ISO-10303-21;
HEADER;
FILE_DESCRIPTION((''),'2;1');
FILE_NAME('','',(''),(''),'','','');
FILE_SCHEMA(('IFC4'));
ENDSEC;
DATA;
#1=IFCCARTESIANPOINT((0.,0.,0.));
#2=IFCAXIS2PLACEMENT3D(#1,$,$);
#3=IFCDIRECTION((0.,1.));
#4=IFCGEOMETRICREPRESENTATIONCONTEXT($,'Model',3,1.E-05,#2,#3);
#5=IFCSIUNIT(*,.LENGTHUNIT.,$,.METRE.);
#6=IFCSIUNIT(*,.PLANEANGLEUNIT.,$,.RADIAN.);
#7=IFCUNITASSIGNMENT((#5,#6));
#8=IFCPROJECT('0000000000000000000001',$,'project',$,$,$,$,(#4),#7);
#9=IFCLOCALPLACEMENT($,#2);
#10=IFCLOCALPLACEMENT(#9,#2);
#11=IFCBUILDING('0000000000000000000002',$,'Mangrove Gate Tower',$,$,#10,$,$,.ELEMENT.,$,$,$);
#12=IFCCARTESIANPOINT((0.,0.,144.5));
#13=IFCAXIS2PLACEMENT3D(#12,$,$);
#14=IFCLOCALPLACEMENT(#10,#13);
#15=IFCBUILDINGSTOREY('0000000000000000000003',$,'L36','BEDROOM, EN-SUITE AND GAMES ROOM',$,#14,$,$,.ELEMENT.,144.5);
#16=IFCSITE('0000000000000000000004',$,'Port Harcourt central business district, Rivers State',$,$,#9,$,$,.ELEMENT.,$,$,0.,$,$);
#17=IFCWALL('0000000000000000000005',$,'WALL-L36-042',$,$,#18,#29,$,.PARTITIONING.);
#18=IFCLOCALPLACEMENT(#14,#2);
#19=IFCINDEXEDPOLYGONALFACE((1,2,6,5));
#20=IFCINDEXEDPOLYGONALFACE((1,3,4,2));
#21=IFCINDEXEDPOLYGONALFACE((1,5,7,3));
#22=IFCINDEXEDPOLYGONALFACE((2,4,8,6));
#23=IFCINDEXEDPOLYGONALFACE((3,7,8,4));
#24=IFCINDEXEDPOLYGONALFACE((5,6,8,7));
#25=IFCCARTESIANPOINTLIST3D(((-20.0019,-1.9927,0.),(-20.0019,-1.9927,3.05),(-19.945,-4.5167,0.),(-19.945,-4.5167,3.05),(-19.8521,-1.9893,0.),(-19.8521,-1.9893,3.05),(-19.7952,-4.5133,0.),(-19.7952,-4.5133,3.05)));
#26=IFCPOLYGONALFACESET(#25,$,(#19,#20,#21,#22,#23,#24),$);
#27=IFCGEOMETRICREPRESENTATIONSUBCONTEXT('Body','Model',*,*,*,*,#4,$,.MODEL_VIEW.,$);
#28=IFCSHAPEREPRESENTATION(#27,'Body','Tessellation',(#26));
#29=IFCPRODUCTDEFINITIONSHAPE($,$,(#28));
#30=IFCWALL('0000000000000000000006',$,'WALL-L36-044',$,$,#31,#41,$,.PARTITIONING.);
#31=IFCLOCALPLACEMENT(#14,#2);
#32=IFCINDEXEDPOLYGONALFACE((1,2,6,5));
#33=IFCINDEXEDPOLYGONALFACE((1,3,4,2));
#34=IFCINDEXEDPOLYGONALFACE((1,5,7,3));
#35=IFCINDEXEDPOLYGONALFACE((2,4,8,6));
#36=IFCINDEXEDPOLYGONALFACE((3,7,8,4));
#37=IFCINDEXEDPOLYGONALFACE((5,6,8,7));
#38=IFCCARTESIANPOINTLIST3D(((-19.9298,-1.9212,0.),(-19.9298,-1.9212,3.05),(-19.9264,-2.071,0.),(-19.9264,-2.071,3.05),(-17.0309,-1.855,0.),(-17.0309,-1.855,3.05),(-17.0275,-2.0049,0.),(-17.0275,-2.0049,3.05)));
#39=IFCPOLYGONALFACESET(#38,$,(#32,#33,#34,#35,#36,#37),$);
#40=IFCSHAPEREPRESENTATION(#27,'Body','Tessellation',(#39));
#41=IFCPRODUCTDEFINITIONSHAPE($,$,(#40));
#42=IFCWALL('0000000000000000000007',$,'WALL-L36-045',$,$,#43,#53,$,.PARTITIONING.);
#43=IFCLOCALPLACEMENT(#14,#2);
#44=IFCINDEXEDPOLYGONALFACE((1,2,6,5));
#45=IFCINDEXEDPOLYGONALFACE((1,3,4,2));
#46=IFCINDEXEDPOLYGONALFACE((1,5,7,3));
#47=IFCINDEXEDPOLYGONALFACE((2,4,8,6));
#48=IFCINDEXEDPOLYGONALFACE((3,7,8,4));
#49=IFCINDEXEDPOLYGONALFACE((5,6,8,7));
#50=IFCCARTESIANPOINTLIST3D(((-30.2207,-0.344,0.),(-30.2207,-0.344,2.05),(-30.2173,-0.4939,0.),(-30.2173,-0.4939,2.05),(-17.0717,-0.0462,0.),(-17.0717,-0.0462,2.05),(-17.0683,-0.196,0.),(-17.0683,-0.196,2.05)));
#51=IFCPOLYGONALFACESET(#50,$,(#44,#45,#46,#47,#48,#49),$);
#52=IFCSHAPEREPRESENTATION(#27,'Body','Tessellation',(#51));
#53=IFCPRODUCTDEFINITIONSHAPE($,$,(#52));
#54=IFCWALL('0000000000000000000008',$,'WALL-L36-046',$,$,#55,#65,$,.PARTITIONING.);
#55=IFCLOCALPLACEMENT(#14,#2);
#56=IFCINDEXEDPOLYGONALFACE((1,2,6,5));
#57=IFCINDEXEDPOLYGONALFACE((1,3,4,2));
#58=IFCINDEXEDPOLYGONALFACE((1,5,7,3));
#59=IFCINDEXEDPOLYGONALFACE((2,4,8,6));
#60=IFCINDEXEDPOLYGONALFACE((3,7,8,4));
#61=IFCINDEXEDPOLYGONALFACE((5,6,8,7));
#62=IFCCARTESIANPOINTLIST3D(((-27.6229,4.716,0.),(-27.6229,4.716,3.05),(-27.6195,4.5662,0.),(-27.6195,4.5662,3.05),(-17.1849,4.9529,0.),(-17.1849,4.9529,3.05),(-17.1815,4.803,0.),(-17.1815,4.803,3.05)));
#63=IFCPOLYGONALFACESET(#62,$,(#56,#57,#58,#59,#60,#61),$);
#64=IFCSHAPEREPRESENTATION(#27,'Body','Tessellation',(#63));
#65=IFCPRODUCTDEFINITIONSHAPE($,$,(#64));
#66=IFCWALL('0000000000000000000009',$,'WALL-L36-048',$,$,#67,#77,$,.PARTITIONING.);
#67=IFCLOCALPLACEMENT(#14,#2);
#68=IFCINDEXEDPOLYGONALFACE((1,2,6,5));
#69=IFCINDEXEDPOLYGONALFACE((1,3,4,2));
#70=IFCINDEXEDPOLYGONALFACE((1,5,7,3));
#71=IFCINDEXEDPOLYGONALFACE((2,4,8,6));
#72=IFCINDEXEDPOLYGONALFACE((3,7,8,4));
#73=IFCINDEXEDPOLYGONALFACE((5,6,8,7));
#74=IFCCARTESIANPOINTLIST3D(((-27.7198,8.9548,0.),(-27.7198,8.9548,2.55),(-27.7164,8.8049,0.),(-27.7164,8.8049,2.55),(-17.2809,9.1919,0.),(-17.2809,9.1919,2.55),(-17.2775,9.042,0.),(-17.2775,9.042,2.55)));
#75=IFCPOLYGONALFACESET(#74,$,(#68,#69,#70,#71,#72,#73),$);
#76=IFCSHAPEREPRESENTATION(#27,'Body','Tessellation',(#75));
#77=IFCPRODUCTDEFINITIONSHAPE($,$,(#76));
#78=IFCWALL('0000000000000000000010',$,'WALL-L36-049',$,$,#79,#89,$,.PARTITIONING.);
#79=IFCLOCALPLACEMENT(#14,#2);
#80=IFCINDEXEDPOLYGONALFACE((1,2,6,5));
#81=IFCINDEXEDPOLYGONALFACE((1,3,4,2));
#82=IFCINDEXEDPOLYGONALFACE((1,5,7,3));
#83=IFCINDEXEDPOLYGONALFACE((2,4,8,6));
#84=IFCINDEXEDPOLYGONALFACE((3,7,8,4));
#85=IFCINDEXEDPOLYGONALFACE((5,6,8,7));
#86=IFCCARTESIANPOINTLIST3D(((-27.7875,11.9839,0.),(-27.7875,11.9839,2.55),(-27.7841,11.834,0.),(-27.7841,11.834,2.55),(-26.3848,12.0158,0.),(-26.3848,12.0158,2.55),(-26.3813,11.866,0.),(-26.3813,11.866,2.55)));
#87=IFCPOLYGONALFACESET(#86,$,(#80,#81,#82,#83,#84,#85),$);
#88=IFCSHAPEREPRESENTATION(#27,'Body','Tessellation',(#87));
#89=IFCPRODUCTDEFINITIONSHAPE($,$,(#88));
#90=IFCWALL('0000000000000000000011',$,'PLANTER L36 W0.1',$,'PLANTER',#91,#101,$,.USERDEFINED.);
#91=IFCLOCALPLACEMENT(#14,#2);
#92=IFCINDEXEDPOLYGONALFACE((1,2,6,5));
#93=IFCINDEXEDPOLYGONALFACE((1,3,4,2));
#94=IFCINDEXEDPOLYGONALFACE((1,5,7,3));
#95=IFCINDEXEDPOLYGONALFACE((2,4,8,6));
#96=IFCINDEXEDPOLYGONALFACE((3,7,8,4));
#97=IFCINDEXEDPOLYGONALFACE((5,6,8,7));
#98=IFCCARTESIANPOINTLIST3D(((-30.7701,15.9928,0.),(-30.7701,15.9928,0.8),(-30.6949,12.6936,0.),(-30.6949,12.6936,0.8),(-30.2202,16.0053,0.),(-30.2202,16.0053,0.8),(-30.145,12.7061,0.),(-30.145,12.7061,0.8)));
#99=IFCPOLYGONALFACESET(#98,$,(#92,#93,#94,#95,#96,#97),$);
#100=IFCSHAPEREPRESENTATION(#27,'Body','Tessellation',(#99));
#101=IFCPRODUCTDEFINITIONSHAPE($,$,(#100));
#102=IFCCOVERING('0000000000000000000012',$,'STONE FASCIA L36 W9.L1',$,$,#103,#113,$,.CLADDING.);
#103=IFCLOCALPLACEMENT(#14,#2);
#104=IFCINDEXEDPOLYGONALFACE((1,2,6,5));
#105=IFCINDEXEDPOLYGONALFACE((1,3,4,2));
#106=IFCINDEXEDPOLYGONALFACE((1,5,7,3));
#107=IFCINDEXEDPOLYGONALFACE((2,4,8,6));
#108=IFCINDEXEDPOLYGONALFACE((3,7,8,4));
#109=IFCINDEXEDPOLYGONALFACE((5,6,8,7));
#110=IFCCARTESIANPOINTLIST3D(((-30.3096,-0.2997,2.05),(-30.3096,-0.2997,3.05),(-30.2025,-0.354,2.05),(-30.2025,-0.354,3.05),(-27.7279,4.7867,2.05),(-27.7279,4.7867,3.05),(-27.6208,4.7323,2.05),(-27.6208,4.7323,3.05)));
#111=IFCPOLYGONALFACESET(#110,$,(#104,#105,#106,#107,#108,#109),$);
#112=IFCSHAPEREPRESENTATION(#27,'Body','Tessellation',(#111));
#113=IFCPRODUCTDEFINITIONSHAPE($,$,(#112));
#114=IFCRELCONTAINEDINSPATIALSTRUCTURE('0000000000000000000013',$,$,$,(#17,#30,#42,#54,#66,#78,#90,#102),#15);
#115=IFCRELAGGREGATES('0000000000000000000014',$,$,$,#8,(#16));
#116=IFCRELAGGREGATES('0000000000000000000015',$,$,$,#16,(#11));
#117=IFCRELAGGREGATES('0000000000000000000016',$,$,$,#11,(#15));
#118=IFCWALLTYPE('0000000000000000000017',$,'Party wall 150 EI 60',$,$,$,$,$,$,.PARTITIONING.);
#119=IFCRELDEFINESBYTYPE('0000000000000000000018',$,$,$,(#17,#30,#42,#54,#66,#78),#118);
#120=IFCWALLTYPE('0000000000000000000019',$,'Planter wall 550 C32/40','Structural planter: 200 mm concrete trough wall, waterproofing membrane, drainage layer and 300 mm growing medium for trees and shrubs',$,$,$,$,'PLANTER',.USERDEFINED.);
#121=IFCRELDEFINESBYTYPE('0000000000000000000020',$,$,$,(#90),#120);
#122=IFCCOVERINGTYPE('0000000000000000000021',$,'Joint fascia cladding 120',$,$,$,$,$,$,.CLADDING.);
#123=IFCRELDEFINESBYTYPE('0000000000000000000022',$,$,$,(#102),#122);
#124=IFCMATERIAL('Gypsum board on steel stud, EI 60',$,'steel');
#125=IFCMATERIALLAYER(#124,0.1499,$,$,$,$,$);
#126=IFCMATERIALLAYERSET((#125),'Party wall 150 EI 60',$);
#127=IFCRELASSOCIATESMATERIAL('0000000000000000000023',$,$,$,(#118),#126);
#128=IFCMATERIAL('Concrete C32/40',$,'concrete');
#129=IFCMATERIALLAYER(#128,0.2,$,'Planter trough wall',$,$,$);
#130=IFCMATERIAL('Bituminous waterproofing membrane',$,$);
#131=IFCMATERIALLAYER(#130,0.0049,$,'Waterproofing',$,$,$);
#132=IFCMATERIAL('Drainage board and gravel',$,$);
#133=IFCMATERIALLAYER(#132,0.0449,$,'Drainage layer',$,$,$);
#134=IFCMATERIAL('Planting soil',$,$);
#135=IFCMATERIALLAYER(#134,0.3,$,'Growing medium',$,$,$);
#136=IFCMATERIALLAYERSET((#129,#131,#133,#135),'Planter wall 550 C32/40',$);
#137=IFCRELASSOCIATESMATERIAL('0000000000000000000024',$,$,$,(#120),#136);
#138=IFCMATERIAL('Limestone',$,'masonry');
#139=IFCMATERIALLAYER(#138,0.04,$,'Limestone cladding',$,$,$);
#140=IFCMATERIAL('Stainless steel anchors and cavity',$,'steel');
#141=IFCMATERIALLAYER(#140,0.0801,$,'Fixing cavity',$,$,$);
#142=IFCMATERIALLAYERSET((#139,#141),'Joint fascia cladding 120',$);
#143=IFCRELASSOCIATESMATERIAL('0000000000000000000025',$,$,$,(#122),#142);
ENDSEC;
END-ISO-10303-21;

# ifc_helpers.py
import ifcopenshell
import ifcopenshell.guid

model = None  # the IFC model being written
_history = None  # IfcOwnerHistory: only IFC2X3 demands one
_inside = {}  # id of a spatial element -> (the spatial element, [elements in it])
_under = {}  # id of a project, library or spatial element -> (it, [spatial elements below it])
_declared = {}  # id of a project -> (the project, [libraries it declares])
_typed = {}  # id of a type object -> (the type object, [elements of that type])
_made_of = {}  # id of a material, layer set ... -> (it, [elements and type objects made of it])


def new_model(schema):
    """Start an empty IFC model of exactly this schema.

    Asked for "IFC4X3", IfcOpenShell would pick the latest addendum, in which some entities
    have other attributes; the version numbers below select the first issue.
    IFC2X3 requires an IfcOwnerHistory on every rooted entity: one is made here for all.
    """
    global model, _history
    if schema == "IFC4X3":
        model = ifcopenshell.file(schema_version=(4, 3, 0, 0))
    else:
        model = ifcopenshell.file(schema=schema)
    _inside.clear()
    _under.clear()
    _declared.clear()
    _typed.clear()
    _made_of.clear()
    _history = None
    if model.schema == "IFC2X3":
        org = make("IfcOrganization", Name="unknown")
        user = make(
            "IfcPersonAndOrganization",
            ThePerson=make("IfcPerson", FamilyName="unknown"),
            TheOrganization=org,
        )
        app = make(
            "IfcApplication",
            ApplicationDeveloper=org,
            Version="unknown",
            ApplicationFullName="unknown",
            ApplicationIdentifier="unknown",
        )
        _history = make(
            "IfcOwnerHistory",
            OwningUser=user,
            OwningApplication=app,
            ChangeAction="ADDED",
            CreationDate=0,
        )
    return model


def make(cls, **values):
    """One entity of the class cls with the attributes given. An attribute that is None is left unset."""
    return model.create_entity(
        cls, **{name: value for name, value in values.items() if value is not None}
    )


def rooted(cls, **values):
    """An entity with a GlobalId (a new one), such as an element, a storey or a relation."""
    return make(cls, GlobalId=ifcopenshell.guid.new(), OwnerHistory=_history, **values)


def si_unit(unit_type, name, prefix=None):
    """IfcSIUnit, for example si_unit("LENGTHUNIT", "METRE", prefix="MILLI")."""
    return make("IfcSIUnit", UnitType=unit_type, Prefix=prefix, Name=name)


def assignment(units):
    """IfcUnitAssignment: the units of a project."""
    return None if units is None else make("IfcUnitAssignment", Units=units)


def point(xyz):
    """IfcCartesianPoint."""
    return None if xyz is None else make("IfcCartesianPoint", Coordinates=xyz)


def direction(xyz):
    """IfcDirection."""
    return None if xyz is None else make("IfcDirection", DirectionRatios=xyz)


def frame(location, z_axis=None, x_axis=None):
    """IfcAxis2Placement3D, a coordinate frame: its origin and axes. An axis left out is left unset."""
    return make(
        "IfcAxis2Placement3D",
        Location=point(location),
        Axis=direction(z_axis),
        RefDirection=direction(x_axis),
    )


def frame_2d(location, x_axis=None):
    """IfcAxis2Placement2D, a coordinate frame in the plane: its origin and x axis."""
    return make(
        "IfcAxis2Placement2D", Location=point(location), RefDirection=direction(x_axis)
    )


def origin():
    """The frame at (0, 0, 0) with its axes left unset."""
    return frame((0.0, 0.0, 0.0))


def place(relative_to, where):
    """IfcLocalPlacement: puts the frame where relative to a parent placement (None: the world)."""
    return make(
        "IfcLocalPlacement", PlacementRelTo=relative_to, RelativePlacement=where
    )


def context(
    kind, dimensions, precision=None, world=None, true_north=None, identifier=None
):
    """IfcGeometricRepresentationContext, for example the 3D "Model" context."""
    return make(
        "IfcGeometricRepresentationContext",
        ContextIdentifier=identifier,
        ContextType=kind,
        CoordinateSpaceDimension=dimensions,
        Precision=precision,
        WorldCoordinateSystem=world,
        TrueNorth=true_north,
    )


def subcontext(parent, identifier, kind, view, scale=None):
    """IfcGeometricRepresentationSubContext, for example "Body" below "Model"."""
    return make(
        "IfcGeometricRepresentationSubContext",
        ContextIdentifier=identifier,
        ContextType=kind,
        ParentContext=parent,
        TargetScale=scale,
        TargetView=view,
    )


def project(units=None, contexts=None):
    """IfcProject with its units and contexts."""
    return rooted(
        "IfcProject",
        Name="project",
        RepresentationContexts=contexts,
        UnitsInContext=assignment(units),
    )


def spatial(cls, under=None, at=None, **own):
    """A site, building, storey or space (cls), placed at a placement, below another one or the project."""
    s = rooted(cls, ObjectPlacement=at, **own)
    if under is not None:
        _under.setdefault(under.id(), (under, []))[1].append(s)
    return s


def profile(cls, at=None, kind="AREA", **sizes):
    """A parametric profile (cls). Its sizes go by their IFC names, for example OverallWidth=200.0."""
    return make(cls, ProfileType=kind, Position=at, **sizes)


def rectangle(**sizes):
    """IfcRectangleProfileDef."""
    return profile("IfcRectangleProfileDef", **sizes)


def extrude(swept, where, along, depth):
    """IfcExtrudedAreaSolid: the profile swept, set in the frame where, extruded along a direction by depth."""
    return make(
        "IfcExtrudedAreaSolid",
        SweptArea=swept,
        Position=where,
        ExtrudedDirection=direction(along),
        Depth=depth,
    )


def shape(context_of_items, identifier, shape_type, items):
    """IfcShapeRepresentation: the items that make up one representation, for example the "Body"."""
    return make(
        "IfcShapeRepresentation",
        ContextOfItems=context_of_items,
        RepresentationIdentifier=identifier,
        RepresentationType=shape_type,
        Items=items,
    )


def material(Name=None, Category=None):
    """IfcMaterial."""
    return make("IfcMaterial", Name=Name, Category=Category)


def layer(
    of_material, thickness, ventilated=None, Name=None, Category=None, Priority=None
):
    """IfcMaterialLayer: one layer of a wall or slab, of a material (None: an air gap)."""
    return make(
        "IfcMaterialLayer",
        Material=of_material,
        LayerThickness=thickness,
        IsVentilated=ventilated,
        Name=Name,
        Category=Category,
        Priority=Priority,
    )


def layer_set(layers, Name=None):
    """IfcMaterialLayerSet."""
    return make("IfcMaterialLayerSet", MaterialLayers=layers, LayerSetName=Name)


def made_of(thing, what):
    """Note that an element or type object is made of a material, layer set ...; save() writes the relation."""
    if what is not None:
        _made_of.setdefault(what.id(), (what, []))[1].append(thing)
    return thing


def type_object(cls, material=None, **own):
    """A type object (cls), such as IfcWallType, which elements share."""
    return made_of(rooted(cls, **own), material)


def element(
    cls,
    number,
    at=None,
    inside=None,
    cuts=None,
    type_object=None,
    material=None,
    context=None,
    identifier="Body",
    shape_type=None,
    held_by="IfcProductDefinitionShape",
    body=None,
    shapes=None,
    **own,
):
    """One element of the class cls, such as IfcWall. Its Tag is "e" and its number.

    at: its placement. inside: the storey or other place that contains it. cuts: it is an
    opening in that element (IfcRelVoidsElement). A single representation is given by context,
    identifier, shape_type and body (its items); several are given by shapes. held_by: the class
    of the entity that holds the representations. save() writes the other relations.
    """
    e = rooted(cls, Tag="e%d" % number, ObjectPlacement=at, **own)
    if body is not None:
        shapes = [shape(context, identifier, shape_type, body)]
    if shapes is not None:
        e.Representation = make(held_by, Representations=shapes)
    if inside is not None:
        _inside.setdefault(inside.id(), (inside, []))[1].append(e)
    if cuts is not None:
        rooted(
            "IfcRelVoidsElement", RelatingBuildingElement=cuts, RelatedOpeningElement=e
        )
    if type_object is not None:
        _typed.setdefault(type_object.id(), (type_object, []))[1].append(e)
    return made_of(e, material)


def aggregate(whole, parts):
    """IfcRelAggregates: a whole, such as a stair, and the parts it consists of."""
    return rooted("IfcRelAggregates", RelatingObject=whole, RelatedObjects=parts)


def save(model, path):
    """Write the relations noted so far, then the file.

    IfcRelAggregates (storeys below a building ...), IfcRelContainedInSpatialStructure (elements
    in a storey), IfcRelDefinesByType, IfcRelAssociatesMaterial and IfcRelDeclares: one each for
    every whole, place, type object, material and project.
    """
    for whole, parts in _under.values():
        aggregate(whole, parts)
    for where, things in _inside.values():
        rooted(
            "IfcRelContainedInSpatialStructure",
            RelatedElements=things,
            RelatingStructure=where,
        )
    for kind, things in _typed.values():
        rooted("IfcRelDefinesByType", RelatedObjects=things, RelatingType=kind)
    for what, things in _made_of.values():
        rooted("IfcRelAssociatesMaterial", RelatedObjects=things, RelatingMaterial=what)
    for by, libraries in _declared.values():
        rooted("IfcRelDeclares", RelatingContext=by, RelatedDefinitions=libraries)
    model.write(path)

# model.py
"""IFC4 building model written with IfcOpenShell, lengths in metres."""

from ifc_helpers import new_model, si_unit, direction, frame, frame_2d, origin, place, context, subcontext, project, spatial, rectangle, extrude, material, layer, layer_set, type_object, element, save


model = new_model("IFC4")

# Units and contexts
model_context = context("Model", 3, precision=1e-05, world=origin(), true_north=direction((0.0, 1.0)))
body_context = subcontext(model_context, "Body", "Model", "MODEL_VIEW")
ifc_project = project(units=[si_unit("LENGTHUNIT", "METRE"), si_unit("PLANEANGLEUNIT", "RADIAN")], contexts=[model_context])

# Site, building, storey
site_placement = place(None, origin())
site = spatial("IfcSite", under=ifc_project, at=site_placement, Name="Port Harcourt central business district, Rivers State", CompositionType="ELEMENT", RefElevation=0.0)
building_placement = place(site_placement, origin())
building = spatial("IfcBuilding", under=site, at=building_placement, Name="Mangrove Gate Tower", CompositionType="ELEMENT")
storey_placement = place(building_placement, frame((0.0, 0.0, 144.5)))
storey = spatial("IfcBuildingStorey", under=building, at=storey_placement, Name="L36", Description="BEDROOM, EN-SUITE AND GAMES ROOM", CompositionType="ELEMENT", Elevation=144.5)

# Shared definitions
ifc_material_1 = material(Name="Limestone", Category="masonry")

# Walls
ifc_material_2 = material(Name="Gypsum board on steel stud, EI 60", Category="steel")
ifc_layer_1 = layer(ifc_material_2, 0.1499)
ifc_layer_set_1 = layer_set([ifc_layer_1], Name="Party wall 150 EI 60")
wall_type_1 = type_object("IfcWallType", Name="Party wall 150 EI 60", PredefinedType="PARTITIONING", material=ifc_layer_set_1)
wall_1_placement = place(storey_placement, frame((-19.8701, -4.5149, 0.0), z_axis=(0.0, 0.0, 1.0), x_axis=(-0.022532, 0.999746, 0.0)))
element("IfcWall", 1, at=wall_1_placement, inside=storey, type_object=wall_type_1, Name="WALL-L36-042", PredefinedType="PARTITIONING", context=body_context, shape_type="SweptSolid", body=[
    extrude(rectangle(XDim=2.5247, YDim=0.1499, at=frame_2d((1.2622, 0.0))), origin(), (0.0, 0.0, 1.0), 3.05),
])
wall_2_placement = place(storey_placement, frame((-19.928, -1.9961, 0.0), z_axis=(0.0, 0.0, 1.0), x_axis=(0.99974, 0.022817, 0.0)))
element("IfcWall", 2, at=wall_2_placement, inside=storey, type_object=wall_type_1, Name="WALL-L36-044", PredefinedType="PARTITIONING", context=body_context, shape_type="SweptSolid", body=[
    extrude(rectangle(XDim=2.8997, YDim=0.1499, at=frame_2d((1.4497, 0.0))), origin(), (0.0, 0.0, 1.0), 3.05),
])
wall_3_placement = place(storey_placement, frame((-30.219, -0.4189, 0.0), z_axis=(0.0, 0.0, 1.0), x_axis=(0.999744, 0.022646, 0.0)))
element("IfcWall", 3, at=wall_3_placement, inside=storey, type_object=wall_type_1, Name="WALL-L36-045", PredefinedType="PARTITIONING", context=body_context, shape_type="SweptSolid", body=[
    extrude(rectangle(XDim=13.1523, YDim=0.1499, at=frame_2d((6.5762, 0.0))), origin(), (0.0, 0.0, 1.0), 2.05),
])
wall_4_placement = place(storey_placement, frame((-27.6211, 4.6411, 0.0), z_axis=(0.0, 0.0, 1.0), x_axis=(0.999743, 0.022682, 0.0)))
element("IfcWall", 4, at=wall_4_placement, inside=storey, type_object=wall_type_1, Name="WALL-L36-046", PredefinedType="PARTITIONING", context=body_context, shape_type="SweptSolid", body=[
    extrude(rectangle(XDim=10.4407, YDim=0.1499, at=frame_2d((5.2202, 0.0))), origin(), (0.0, 0.0, 1.0), 3.05),
])
wall_5_placement = place(storey_placement, frame((-27.718, 8.8799, 0.0), z_axis=(0.0, 0.0, 1.0), x_axis=(0.999742, 0.022703, 0.0)))
element("IfcWall", 5, at=wall_5_placement, inside=storey, type_object=wall_type_1, Name="WALL-L36-048", PredefinedType="PARTITIONING", context=body_context, shape_type="SweptSolid", body=[
    extrude(rectangle(XDim=10.4417, YDim=0.1499, at=frame_2d((5.2207, 0.0))), origin(), (0.0, 0.0, 1.0), 2.55),
])
wall_6_placement = place(storey_placement, frame((-27.7859, 11.9089, 0.0), z_axis=(0.0, 0.0, 1.0), x_axis=(0.99974, 0.022793, 0.0)))
element("IfcWall", 6, at=wall_6_placement, inside=storey, type_object=wall_type_1, Name="WALL-L36-049", PredefinedType="PARTITIONING", context=body_context, shape_type="SweptSolid", body=[
    extrude(rectangle(XDim=1.4031, YDim=0.1499, at=frame_2d((0.7017, 0.0))), origin(), (0.0, 0.0, 1.0), 2.55),
])
ifc_material_3 = material(Name="Concrete C32/40", Category="concrete")
ifc_layer_2 = layer(ifc_material_3, 0.2, Name="Planter trough wall")
ifc_material_4 = material(Name="Bituminous waterproofing membrane")
ifc_layer_3 = layer(ifc_material_4, 0.0049, Name="Waterproofing")
ifc_material_5 = material(Name="Drainage board and gravel")
ifc_layer_4 = layer(ifc_material_5, 0.0449, Name="Drainage layer")
ifc_material_6 = material(Name="Planting soil")
ifc_layer_5 = layer(ifc_material_6, 0.3, Name="Growing medium")
ifc_layer_set_2 = layer_set([ifc_layer_2, ifc_layer_3, ifc_layer_4, ifc_layer_5], Name="Planter wall 550 C32/40")
wall_type_2 = type_object("IfcWallType", Name="Planter wall 550 C32/40", Description="Structural planter: 200 mm concrete trough wall, waterproofing membrane, drainage layer and 300 mm growing medium for trees and shrubs", ElementType="PLANTER", PredefinedType="USERDEFINED", material=ifc_layer_set_2)
wall_7_placement = place(storey_placement, frame((-30.4199, 12.7, 0.0), z_axis=(0.0, 0.0, 1.0), x_axis=(-0.022787, 0.99974, 0.0)))
element("IfcWall", 7, at=wall_7_placement, inside=storey, type_object=wall_type_2, Name="PLANTER L36 W0.1", ObjectType="PLANTER", PredefinedType="USERDEFINED", context=body_context, shape_type="SweptSolid", body=[
    extrude(rectangle(XDim=3.3, YDim=0.55, at=frame_2d((1.6499, 0.0))), origin(), (0.0, 0.0, 1.0), 0.8),
])

# Covering
ifc_layer_6 = layer(ifc_material_1, 0.04, Name="Limestone cladding")
ifc_material_7 = material(Name="Stainless steel anchors and cavity", Category="steel")
ifc_layer_7 = layer(ifc_material_7, 0.0801, Name="Fixing cavity")
ifc_layer_set_3 = layer_set([ifc_layer_6, ifc_layer_7], Name="Joint fascia cladding 120")
covering_type = type_object("IfcCoveringType", Name="Joint fascia cladding 120", PredefinedType="CLADDING", material=ifc_layer_set_3)
covering_placement = place(storey_placement, frame((-27.6743, 4.7595, 2.05), z_axis=(0.0, 0.0, 1.0), x_axis=(-0.452615, -0.891706, 0.0)))
element("IfcCovering", 8, at=covering_placement, inside=storey, type_object=covering_type, Name="STONE FASCIA L36 W9.L1", PredefinedType="CLADDING", context=body_context, shape_type="SweptSolid", body=[
    extrude(rectangle(XDim=5.7041, YDim=0.1201, at=frame_2d((2.8521, 0.0))), origin(), (0.0, 0.0, 1.0), 1.0),
])

save(model, "model.ifc")
